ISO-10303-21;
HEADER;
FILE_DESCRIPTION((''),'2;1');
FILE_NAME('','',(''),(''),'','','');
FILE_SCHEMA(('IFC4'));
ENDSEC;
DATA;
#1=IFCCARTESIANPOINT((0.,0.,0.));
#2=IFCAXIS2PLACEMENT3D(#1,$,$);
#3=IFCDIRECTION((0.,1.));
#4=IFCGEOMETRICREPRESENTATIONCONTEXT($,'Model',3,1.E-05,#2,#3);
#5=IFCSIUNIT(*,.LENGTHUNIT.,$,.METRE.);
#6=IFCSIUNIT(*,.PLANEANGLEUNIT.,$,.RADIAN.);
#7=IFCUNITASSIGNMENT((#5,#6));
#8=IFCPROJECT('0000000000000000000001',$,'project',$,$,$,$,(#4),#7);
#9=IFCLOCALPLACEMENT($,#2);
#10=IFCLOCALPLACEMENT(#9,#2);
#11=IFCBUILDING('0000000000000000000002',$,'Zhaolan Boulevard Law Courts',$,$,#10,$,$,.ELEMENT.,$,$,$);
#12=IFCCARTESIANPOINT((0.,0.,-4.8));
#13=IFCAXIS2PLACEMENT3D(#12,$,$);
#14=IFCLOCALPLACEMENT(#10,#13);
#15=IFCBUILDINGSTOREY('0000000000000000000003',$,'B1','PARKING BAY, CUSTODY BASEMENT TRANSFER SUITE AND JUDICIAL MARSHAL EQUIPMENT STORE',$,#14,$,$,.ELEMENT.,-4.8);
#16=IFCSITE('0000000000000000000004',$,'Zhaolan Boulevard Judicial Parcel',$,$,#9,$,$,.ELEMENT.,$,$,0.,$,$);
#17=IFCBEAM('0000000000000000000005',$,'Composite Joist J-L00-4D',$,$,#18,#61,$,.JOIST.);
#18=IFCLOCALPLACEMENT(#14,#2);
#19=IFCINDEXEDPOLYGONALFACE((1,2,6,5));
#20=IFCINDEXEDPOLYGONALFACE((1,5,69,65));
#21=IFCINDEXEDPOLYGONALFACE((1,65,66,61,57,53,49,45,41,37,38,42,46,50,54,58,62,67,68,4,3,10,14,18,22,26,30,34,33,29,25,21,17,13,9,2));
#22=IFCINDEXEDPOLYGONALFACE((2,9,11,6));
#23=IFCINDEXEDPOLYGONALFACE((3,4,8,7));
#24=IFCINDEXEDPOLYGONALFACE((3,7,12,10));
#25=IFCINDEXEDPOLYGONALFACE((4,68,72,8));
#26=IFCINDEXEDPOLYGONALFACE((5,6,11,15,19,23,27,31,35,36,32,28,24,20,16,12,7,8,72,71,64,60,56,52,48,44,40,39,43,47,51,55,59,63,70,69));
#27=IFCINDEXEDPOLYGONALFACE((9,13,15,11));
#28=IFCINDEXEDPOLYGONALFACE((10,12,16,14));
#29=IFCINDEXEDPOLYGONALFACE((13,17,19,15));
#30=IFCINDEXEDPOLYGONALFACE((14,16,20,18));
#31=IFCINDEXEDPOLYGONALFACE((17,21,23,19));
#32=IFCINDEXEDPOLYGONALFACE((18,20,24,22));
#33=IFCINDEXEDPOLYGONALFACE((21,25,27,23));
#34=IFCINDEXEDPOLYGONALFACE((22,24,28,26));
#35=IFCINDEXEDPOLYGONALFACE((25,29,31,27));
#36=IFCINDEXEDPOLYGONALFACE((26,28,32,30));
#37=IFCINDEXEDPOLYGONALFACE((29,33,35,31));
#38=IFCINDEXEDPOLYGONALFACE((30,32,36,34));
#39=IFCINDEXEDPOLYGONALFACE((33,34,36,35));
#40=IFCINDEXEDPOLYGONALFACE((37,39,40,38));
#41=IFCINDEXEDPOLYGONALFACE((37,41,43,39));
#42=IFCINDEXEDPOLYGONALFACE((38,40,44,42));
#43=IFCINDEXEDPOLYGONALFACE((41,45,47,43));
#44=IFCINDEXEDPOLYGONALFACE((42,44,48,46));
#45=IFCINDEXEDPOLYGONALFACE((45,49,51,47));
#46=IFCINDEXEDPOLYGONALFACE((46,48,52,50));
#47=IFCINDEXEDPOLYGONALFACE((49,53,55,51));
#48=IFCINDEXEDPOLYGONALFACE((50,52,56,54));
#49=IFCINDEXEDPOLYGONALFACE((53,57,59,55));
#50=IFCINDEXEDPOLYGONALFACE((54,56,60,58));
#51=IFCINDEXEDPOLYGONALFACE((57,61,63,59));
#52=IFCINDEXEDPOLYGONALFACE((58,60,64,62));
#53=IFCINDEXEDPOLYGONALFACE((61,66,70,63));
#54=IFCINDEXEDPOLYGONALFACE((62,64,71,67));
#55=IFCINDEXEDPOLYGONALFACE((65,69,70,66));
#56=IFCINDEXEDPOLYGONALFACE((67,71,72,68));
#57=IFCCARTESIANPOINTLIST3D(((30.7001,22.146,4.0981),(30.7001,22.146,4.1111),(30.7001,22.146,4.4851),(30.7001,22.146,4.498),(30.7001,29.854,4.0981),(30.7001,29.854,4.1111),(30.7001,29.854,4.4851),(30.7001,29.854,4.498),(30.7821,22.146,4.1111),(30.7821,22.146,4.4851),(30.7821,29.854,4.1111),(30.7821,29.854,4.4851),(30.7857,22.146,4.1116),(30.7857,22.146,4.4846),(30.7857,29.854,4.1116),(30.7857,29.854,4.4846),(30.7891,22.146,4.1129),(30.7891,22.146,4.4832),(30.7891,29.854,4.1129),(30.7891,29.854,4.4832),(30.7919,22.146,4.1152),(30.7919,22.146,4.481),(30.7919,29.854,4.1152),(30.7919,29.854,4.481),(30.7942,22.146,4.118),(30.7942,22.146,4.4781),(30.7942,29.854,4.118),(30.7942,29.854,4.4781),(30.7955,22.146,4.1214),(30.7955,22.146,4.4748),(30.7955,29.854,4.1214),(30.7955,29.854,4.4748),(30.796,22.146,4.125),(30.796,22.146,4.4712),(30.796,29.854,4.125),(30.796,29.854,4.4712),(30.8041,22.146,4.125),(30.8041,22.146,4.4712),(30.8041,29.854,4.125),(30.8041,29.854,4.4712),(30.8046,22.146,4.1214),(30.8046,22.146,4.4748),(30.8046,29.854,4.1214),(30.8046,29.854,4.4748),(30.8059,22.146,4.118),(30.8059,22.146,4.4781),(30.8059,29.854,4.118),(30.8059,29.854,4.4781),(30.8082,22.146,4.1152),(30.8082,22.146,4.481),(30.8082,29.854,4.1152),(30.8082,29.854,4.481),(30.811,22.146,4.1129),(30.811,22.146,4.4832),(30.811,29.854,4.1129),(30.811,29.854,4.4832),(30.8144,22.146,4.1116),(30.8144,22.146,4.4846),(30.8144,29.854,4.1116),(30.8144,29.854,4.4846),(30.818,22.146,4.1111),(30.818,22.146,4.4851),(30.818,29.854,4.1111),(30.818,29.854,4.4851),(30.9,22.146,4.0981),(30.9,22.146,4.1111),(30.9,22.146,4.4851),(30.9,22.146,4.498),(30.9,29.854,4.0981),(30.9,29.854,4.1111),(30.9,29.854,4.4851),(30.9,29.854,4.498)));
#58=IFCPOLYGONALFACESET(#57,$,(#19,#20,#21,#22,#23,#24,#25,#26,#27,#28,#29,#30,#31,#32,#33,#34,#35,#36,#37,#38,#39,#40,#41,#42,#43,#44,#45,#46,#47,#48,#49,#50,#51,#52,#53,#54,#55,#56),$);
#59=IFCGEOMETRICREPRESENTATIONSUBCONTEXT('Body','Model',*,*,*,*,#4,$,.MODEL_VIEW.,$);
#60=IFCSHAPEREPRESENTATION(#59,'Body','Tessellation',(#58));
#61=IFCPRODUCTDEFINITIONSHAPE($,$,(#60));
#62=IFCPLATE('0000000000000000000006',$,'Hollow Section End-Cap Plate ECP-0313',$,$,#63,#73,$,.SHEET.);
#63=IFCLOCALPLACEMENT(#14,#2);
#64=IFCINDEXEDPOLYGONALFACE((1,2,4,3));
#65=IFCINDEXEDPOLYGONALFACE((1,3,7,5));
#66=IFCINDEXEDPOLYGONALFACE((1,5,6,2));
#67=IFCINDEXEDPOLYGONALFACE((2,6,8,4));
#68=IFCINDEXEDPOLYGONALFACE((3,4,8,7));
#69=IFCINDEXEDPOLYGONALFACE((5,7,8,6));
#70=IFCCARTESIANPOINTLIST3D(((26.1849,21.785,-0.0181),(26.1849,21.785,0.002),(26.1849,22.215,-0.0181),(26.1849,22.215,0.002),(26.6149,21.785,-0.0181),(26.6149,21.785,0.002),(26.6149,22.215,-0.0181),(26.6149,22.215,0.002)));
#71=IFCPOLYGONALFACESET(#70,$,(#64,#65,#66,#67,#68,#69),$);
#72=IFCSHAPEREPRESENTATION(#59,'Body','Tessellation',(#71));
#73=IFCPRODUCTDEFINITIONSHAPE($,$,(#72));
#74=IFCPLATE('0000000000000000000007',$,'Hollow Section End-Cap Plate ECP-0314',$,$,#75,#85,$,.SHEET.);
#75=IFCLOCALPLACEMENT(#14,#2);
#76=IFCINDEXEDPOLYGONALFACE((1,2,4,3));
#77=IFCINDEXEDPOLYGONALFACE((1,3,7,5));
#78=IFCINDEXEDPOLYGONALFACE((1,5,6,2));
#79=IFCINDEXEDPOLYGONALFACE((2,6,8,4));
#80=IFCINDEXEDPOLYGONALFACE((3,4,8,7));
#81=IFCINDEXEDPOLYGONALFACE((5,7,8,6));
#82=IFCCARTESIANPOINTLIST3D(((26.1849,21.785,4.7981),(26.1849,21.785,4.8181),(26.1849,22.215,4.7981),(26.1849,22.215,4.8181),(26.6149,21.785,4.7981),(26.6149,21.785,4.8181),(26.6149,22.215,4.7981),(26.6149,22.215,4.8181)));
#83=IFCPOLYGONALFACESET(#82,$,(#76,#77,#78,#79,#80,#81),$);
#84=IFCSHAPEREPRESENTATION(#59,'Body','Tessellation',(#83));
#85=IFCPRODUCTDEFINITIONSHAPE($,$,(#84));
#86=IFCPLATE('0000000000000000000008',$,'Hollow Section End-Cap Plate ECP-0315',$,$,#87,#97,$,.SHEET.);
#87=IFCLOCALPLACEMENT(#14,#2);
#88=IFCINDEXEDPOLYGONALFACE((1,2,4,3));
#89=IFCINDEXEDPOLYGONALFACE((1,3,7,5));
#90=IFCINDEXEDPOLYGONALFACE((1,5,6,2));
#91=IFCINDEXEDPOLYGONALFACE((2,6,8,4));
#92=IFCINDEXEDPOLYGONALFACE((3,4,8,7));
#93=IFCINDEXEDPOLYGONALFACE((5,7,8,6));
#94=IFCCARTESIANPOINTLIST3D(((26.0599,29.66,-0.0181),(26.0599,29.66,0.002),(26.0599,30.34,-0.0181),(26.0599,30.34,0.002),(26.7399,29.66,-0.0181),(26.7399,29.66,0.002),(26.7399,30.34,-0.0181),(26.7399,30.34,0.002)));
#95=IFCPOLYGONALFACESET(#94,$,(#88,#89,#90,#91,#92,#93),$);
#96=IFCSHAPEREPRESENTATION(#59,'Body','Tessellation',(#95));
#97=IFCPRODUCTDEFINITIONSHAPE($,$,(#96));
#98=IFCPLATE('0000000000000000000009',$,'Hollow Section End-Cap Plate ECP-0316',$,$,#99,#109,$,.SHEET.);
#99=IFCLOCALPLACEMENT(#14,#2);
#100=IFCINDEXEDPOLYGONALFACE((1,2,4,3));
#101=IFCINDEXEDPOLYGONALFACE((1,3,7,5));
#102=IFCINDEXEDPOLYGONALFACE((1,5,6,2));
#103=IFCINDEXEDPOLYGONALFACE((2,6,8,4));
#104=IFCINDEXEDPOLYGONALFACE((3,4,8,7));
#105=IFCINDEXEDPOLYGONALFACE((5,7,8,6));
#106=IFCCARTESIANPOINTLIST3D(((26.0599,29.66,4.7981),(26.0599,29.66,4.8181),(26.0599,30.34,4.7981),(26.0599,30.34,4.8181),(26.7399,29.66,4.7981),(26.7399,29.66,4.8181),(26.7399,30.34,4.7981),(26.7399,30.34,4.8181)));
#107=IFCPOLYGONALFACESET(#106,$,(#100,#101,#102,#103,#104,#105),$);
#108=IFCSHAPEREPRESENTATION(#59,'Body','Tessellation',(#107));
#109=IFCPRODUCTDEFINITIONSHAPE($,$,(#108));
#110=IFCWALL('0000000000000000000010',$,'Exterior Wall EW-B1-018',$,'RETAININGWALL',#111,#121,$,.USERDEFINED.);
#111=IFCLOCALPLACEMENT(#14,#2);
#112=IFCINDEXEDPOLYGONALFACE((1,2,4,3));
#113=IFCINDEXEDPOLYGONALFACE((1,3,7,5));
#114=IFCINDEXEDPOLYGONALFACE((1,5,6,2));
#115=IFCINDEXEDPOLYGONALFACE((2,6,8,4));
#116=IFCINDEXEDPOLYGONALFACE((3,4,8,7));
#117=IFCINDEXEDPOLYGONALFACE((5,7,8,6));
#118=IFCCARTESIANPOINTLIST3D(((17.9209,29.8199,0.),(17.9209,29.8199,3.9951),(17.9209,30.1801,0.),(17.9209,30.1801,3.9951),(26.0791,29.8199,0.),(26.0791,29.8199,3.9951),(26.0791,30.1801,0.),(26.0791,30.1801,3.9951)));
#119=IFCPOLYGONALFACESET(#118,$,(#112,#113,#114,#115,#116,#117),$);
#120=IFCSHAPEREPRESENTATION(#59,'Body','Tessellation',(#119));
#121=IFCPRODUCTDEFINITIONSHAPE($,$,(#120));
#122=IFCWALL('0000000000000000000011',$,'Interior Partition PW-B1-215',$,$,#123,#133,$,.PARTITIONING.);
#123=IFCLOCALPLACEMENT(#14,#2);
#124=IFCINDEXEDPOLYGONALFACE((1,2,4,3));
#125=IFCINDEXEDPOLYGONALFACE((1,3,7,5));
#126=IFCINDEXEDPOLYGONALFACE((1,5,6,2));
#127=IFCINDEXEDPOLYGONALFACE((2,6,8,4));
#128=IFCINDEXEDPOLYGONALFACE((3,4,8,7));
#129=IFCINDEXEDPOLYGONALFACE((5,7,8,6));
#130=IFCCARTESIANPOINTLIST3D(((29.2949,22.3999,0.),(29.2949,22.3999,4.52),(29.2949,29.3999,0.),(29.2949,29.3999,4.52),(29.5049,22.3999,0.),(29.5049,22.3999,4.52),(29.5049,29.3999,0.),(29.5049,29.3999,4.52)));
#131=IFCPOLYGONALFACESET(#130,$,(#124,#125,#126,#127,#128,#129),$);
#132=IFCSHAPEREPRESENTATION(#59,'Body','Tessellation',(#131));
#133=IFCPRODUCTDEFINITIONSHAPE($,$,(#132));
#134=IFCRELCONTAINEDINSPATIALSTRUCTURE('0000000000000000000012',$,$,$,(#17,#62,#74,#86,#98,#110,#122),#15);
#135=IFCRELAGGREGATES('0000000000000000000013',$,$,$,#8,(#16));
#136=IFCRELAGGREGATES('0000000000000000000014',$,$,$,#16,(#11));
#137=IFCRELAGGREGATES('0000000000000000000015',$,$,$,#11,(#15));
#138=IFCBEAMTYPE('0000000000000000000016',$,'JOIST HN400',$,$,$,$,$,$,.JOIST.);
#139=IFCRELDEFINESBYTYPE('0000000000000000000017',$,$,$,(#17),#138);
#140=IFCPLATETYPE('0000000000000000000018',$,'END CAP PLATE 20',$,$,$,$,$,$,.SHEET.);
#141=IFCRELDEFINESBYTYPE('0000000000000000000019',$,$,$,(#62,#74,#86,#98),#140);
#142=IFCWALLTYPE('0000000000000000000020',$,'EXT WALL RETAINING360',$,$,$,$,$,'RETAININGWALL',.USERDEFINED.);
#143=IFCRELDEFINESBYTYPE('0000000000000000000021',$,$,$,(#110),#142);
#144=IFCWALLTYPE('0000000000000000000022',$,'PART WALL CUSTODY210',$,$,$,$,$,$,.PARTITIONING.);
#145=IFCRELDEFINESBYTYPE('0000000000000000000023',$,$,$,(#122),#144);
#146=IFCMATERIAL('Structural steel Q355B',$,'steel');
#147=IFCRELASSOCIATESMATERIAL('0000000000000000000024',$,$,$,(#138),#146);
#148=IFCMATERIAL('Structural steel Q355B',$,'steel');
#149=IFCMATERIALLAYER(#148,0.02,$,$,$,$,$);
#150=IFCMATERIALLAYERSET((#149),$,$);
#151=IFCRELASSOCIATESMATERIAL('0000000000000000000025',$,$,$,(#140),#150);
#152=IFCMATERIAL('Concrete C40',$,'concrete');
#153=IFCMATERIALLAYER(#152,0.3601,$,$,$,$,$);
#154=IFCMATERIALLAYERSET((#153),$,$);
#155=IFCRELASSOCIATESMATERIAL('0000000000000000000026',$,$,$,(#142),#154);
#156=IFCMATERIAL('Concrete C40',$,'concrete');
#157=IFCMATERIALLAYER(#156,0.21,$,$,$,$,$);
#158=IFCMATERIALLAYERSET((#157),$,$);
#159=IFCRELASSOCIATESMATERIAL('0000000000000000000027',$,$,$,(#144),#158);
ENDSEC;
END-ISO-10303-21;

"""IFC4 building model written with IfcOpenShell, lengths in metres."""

from ifc_helpers import new_model, si_unit, direction, frame, frame_2d, origin, origin_2d, place, context, subcontext, project, spatial, rectangle, i_section, extrude, material, layer, layer_set, material_profile, profile_set, type_object, element, save


model = new_model("IFC4")

# Units and contexts
model_context = context("Model", 3, precision=1e-05, world=origin(), true_north=direction((0.0, 1.0)))
body_context = subcontext(model_context, "Body", "Model", "MODEL_VIEW")
ifc_project = project(units=[si_unit("LENGTHUNIT", "METRE"), si_unit("PLANEANGLEUNIT", "RADIAN")], contexts=[model_context])

# Site, building, storey
site_placement = place(None, origin())
site = spatial("IfcSite", under=ifc_project, at=site_placement, Name="Zhaolan Boulevard Judicial Parcel", CompositionType="ELEMENT", RefElevation=0.0)
building_placement = place(site_placement, origin())
building = spatial("IfcBuilding", under=site, at=building_placement, Name="Zhaolan Boulevard Law Courts", CompositionType="ELEMENT")
storey_placement = place(building_placement, frame((0.0, 0.0, -4.8)))
storey = spatial("IfcBuildingStorey", under=building, at=storey_placement, Name="B1", Description="PARKING BAY, CUSTODY BASEMENT TRANSFER SUITE AND JUDICIAL MARSHAL EQUIPMENT STORE", CompositionType="ELEMENT", Elevation=-4.8)

# Beam
ifc_material_1 = material(Name="Structural steel Q355B", Category="steel")
ifc_material_profile_1 = material_profile(ifc_material_1, i_section(OverallWidth=0.2, OverallDepth=0.3999, WebThickness=0.0081, FlangeThickness=0.0129, FilletRadius=0.0139, at=origin_2d()), Name="HN400x200")
ifc_profile_set_1 = profile_set([ifc_material_profile_1], Name="Structural steel Q355B")
beam_type_1 = type_object("IfcBeamType", Name="JOIST HN400", PredefinedType="JOIST", material=ifc_profile_set_1)
for number, where, z_axis, x_axis, name in (
    (1, (30.8, 22.146, 4.2981), (0.0, 1.0, 0.0), (-1.0, 0.0, 0.0), "Composite Joist J-L00-4D"),
):
    element("IfcBeam", number, at=place(storey_placement, frame(where, z_axis=z_axis, x_axis=x_axis)), inside=storey, type_object=beam_type_1, Name=name, PredefinedType="JOIST", context=body_context, shape_type="SweptSolid", body=[
        extrude(i_section(OverallWidth=0.2, OverallDepth=0.3999, WebThickness=0.0081, FlangeThickness=0.0129, FilletRadius=0.0139, at=origin_2d()), origin(), (0.0, 0.0, 1.0), 7.708),
    ])

# Plates
ifc_material_2 = material(Name="Structural steel Q355B", Category="steel")
ifc_layer_1 = layer(ifc_material_2, 0.02)
ifc_layer_set_1 = layer_set([ifc_layer_1])
plate_type = type_object("IfcPlateType", Name="END CAP PLATE 20", PredefinedType="SHEET", material=ifc_layer_set_1)
for number, where, z_axis, x_axis, name in (
    (2, (26.3999, 22.0, -0.0181), (0.0, 0.0, 1.0), (1.0, 0.0, 0.0), "Hollow Section End-Cap Plate ECP-0313"),
    (3, (26.3999, 22.0, 4.7981), (0.0, 0.0, 1.0), (1.0, 0.0, 0.0), "Hollow Section End-Cap Plate ECP-0314"),
):
    element("IfcPlate", number, at=place(storey_placement, frame(where, z_axis=z_axis, x_axis=x_axis)), inside=storey, type_object=plate_type, Name=name, PredefinedType="SHEET", context=body_context, shape_type="SweptSolid", body=[
        extrude(rectangle(XDim=0.4299, YDim=0.4299, at=origin_2d()), origin(), (0.0, 0.0, 1.0), 0.02),
    ])
for number, where, z_axis, x_axis, name in (
    (4, (26.3999, 30.0, -0.0181), (0.0, 0.0, 1.0), (1.0, 0.0, 0.0), "Hollow Section End-Cap Plate ECP-0315"),
    (5, (26.3999, 30.0, 4.7981), (0.0, 0.0, 1.0), (1.0, 0.0, 0.0), "Hollow Section End-Cap Plate ECP-0316"),
):
    element("IfcPlate", number, at=place(storey_placement, frame(where, z_axis=z_axis, x_axis=x_axis)), inside=storey, type_object=plate_type, Name=name, PredefinedType="SHEET", context=body_context, shape_type="SweptSolid", body=[
        extrude(rectangle(XDim=0.6799, YDim=0.6799, at=origin_2d()), origin(), (0.0, 0.0, 1.0), 0.02),
    ])

# Walls
ifc_material_3 = material(Name="Concrete C40", Category="concrete")
ifc_layer_2 = layer(ifc_material_3, 0.3601)
ifc_layer_set_2 = layer_set([ifc_layer_2])
wall_type_1 = type_object("IfcWallType", Name="EXT WALL RETAINING360", ElementType="RETAININGWALL", PredefinedType="USERDEFINED", material=ifc_layer_set_2)
wall_1_placement = place(storey_placement, frame((26.0791, 30.0, 0.0), z_axis=(0.0, 0.0, 1.0), x_axis=(-1.0, 0.0, 0.0)))
element("IfcWall", 6, at=wall_1_placement, inside=storey, type_object=wall_type_1, Name="Exterior Wall EW-B1-018", ObjectType="RETAININGWALL", PredefinedType="USERDEFINED", context=body_context, shape_type="SweptSolid", body=[
    extrude(rectangle(XDim=8.1582, YDim=0.3601, at=frame_2d((4.0791, 0.0))), origin(), (0.0, 0.0, 1.0), 3.9951),
])
ifc_material_4 = material(Name="Concrete C40", Category="concrete")
ifc_layer_3 = layer(ifc_material_4, 0.21)
ifc_layer_set_3 = layer_set([ifc_layer_3])
wall_type_2 = type_object("IfcWallType", Name="PART WALL CUSTODY210", PredefinedType="PARTITIONING", material=ifc_layer_set_3)
wall_2_placement = place(storey_placement, frame((29.3999, 22.3999, 0.0), z_axis=(0.0, 0.0, 1.0), x_axis=(0.0, 1.0, 0.0)))
element("IfcWall", 7, at=wall_2_placement, inside=storey, type_object=wall_type_2, Name="Interior Partition PW-B1-215", PredefinedType="PARTITIONING", context=body_context, shape_type="SweptSolid", body=[
    extrude(rectangle(XDim=7.0, YDim=0.21, at=frame_2d((3.5, 0.0))), origin(), (0.0, 0.0, 1.0), 4.52),
])

save(model, "model.ifc")
